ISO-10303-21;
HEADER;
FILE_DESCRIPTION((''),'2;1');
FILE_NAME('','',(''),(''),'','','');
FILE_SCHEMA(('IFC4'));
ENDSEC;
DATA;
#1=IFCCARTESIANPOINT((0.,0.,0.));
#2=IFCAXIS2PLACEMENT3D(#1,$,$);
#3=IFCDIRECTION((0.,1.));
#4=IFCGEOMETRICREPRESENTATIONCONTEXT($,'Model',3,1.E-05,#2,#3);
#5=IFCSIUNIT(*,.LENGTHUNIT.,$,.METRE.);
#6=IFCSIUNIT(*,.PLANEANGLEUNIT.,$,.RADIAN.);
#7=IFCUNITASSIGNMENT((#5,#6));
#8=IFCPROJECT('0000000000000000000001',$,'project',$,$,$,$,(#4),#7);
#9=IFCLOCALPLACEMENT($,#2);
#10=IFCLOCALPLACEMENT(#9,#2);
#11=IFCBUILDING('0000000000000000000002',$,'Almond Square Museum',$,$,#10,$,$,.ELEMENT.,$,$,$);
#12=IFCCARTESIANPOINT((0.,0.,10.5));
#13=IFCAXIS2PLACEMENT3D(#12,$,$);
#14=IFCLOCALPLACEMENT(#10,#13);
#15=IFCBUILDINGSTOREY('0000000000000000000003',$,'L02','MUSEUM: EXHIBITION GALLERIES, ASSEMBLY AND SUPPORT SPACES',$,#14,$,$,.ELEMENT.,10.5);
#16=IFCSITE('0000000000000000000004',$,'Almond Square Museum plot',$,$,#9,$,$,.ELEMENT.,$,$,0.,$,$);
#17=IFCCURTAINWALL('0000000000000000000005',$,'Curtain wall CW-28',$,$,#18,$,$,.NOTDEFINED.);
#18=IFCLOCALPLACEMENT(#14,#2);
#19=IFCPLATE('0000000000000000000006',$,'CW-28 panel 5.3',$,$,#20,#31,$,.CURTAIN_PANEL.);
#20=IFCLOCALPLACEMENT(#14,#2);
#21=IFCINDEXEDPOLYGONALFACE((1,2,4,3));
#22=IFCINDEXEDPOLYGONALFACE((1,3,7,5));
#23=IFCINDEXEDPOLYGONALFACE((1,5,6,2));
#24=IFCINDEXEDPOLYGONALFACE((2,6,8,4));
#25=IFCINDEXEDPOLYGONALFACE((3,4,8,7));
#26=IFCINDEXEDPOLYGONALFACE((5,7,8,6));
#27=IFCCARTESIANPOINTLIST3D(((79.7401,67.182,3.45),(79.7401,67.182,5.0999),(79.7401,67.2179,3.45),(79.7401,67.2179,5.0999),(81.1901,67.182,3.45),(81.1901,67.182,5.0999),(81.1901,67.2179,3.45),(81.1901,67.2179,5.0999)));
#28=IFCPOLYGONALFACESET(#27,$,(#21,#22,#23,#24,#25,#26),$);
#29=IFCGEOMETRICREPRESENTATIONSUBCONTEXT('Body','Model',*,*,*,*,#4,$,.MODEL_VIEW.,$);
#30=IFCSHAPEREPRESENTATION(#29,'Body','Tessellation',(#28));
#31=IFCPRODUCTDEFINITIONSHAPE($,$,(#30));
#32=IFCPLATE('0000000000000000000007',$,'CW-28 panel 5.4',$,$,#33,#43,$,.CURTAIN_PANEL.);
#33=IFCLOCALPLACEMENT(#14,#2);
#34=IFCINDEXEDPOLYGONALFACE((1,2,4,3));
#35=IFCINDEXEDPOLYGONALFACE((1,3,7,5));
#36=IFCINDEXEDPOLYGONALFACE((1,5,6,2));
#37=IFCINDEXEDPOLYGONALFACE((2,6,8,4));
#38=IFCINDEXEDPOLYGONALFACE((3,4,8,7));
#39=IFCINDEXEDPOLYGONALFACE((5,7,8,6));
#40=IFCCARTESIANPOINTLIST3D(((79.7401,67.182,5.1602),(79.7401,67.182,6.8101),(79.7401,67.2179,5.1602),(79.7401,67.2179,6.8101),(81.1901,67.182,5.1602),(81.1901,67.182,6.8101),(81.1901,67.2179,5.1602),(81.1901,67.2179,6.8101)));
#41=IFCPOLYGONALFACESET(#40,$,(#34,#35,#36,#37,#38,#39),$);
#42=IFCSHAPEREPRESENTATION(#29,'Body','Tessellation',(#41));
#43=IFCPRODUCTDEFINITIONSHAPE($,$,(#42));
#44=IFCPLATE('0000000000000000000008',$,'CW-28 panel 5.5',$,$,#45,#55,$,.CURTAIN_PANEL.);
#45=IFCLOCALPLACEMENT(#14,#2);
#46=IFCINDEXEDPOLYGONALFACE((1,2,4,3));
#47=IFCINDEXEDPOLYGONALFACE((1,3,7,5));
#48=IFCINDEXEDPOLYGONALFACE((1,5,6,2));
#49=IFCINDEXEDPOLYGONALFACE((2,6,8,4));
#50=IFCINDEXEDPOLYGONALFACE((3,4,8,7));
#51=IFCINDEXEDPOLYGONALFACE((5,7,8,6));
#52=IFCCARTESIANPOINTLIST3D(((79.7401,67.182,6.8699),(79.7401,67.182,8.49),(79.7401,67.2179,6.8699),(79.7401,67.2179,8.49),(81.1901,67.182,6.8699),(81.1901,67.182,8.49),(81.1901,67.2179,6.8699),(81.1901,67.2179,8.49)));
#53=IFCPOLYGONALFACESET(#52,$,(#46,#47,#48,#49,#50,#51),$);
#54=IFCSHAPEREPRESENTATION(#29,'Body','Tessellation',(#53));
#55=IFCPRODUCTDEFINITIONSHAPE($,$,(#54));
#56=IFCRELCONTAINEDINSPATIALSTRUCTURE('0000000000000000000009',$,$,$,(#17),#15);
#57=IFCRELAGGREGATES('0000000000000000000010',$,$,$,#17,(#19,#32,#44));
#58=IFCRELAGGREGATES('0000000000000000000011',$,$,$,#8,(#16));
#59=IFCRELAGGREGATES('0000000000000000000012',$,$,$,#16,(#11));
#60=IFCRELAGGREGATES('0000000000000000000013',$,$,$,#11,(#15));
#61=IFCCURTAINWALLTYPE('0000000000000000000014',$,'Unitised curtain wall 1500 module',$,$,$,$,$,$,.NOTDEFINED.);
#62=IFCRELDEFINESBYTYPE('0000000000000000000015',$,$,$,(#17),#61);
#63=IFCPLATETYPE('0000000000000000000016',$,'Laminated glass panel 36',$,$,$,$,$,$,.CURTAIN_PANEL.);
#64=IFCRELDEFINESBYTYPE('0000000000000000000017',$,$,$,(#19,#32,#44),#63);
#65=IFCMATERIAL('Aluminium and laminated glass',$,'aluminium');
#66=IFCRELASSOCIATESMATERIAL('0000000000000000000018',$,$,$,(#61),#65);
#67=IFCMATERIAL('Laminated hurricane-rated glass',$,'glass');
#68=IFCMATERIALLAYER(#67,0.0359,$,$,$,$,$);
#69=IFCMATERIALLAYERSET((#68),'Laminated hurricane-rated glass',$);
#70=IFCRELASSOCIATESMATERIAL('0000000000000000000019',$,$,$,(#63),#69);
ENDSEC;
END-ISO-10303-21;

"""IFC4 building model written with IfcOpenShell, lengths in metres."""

from ifc_helpers import new_model, si_unit, direction, frame, origin, origin_2d, place, context, subcontext, project, spatial, rectangle, extrude, material, layer, layer_set, type_object, element, aggregate, save


model = new_model("IFC4")

# Units and contexts
model_context = context("Model", 3, precision=1e-05, world=origin(), true_north=direction((0.0, 1.0)))
body_context = subcontext(model_context, "Body", "Model", "MODEL_VIEW")
ifc_project = project(units=[si_unit("LENGTHUNIT", "METRE"), si_unit("PLANEANGLEUNIT", "RADIAN")], contexts=[model_context])

# Site, building, storey
site_placement = place(None, origin())
site = spatial("IfcSite", under=ifc_project, at=site_placement, Name="Almond Square Museum plot", CompositionType="ELEMENT", RefElevation=0.0)
building_placement = place(site_placement, origin())
building = spatial("IfcBuilding", under=site, at=building_placement, Name="Almond Square Museum", CompositionType="ELEMENT")
storey_placement = place(building_placement, frame((0.0, 0.0, 10.5)))
storey = spatial("IfcBuildingStorey", under=building, at=storey_placement, Name="L02", Description="MUSEUM: EXHIBITION GALLERIES, ASSEMBLY AND SUPPORT SPACES", CompositionType="ELEMENT", Elevation=10.5)

# Curtain wall, plates
ifc_material_1 = material(Name="Aluminium and laminated glass", Category="aluminium")
curtain_wall_type = type_object("IfcCurtainWallType", Name="Unitised curtain wall 1500 module", PredefinedType="NOTDEFINED", material=ifc_material_1)
curtain_wall_placement = place(storey_placement, origin())
curtain_wall = element("IfcCurtainWall", 1, at=curtain_wall_placement, inside=storey, type_object=curtain_wall_type, Name="Curtain wall CW-28", PredefinedType="NOTDEFINED")
ifc_material_2 = material(Name="Laminated hurricane-rated glass", Category="glass")
ifc_layer = layer(ifc_material_2, 0.0359)
ifc_layer_set = layer_set([ifc_layer], Name="Laminated hurricane-rated glass")
plate_type = type_object("IfcPlateType", Name="Laminated glass panel 36", PredefinedType="CURTAIN_PANEL", material=ifc_layer_set)
plate_1_placement = place(storey_placement, frame((80.4651, 67.2, 3.45), z_axis=(0.0, 0.0, 1.0), x_axis=(1.0, 0.0, 0.0)))
plate_1 = element("IfcPlate", 2, at=plate_1_placement, type_object=plate_type, Name="CW-28 panel 5.3", PredefinedType="CURTAIN_PANEL", context=body_context, shape_type="SweptSolid", body=[
    extrude(rectangle(XDim=1.45, YDim=0.0359, at=origin_2d()), origin(), (0.0, 0.0, 1.0), 1.6499),
])
plate_2_placement = place(storey_placement, frame((80.4651, 67.2, 5.1602), z_axis=(0.0, 0.0, 1.0), x_axis=(1.0, 0.0, 0.0)))
plate_2 = element("IfcPlate", 3, at=plate_2_placement, type_object=plate_type, Name="CW-28 panel 5.4", PredefinedType="CURTAIN_PANEL", context=body_context, shape_type="SweptSolid", body=[
    extrude(rectangle(XDim=1.45, YDim=0.0359, at=origin_2d()), origin(), (0.0, 0.0, 1.0), 1.6499),
])
plate_3_placement = place(storey_placement, frame((80.4651, 67.2, 6.8699), z_axis=(0.0, 0.0, 1.0), x_axis=(1.0, 0.0, 0.0)))
plate_3 = element("IfcPlate", 4, at=plate_3_placement, type_object=plate_type, Name="CW-28 panel 5.5", PredefinedType="CURTAIN_PANEL", context=body_context, shape_type="SweptSolid", body=[
    extrude(rectangle(XDim=1.45, YDim=0.0359, at=origin_2d()), origin(), (0.0, 0.0, 1.0), 1.6201),
])
aggregate(curtain_wall, [plate_1, plate_2, plate_3])

save(model, "model.ifc")
